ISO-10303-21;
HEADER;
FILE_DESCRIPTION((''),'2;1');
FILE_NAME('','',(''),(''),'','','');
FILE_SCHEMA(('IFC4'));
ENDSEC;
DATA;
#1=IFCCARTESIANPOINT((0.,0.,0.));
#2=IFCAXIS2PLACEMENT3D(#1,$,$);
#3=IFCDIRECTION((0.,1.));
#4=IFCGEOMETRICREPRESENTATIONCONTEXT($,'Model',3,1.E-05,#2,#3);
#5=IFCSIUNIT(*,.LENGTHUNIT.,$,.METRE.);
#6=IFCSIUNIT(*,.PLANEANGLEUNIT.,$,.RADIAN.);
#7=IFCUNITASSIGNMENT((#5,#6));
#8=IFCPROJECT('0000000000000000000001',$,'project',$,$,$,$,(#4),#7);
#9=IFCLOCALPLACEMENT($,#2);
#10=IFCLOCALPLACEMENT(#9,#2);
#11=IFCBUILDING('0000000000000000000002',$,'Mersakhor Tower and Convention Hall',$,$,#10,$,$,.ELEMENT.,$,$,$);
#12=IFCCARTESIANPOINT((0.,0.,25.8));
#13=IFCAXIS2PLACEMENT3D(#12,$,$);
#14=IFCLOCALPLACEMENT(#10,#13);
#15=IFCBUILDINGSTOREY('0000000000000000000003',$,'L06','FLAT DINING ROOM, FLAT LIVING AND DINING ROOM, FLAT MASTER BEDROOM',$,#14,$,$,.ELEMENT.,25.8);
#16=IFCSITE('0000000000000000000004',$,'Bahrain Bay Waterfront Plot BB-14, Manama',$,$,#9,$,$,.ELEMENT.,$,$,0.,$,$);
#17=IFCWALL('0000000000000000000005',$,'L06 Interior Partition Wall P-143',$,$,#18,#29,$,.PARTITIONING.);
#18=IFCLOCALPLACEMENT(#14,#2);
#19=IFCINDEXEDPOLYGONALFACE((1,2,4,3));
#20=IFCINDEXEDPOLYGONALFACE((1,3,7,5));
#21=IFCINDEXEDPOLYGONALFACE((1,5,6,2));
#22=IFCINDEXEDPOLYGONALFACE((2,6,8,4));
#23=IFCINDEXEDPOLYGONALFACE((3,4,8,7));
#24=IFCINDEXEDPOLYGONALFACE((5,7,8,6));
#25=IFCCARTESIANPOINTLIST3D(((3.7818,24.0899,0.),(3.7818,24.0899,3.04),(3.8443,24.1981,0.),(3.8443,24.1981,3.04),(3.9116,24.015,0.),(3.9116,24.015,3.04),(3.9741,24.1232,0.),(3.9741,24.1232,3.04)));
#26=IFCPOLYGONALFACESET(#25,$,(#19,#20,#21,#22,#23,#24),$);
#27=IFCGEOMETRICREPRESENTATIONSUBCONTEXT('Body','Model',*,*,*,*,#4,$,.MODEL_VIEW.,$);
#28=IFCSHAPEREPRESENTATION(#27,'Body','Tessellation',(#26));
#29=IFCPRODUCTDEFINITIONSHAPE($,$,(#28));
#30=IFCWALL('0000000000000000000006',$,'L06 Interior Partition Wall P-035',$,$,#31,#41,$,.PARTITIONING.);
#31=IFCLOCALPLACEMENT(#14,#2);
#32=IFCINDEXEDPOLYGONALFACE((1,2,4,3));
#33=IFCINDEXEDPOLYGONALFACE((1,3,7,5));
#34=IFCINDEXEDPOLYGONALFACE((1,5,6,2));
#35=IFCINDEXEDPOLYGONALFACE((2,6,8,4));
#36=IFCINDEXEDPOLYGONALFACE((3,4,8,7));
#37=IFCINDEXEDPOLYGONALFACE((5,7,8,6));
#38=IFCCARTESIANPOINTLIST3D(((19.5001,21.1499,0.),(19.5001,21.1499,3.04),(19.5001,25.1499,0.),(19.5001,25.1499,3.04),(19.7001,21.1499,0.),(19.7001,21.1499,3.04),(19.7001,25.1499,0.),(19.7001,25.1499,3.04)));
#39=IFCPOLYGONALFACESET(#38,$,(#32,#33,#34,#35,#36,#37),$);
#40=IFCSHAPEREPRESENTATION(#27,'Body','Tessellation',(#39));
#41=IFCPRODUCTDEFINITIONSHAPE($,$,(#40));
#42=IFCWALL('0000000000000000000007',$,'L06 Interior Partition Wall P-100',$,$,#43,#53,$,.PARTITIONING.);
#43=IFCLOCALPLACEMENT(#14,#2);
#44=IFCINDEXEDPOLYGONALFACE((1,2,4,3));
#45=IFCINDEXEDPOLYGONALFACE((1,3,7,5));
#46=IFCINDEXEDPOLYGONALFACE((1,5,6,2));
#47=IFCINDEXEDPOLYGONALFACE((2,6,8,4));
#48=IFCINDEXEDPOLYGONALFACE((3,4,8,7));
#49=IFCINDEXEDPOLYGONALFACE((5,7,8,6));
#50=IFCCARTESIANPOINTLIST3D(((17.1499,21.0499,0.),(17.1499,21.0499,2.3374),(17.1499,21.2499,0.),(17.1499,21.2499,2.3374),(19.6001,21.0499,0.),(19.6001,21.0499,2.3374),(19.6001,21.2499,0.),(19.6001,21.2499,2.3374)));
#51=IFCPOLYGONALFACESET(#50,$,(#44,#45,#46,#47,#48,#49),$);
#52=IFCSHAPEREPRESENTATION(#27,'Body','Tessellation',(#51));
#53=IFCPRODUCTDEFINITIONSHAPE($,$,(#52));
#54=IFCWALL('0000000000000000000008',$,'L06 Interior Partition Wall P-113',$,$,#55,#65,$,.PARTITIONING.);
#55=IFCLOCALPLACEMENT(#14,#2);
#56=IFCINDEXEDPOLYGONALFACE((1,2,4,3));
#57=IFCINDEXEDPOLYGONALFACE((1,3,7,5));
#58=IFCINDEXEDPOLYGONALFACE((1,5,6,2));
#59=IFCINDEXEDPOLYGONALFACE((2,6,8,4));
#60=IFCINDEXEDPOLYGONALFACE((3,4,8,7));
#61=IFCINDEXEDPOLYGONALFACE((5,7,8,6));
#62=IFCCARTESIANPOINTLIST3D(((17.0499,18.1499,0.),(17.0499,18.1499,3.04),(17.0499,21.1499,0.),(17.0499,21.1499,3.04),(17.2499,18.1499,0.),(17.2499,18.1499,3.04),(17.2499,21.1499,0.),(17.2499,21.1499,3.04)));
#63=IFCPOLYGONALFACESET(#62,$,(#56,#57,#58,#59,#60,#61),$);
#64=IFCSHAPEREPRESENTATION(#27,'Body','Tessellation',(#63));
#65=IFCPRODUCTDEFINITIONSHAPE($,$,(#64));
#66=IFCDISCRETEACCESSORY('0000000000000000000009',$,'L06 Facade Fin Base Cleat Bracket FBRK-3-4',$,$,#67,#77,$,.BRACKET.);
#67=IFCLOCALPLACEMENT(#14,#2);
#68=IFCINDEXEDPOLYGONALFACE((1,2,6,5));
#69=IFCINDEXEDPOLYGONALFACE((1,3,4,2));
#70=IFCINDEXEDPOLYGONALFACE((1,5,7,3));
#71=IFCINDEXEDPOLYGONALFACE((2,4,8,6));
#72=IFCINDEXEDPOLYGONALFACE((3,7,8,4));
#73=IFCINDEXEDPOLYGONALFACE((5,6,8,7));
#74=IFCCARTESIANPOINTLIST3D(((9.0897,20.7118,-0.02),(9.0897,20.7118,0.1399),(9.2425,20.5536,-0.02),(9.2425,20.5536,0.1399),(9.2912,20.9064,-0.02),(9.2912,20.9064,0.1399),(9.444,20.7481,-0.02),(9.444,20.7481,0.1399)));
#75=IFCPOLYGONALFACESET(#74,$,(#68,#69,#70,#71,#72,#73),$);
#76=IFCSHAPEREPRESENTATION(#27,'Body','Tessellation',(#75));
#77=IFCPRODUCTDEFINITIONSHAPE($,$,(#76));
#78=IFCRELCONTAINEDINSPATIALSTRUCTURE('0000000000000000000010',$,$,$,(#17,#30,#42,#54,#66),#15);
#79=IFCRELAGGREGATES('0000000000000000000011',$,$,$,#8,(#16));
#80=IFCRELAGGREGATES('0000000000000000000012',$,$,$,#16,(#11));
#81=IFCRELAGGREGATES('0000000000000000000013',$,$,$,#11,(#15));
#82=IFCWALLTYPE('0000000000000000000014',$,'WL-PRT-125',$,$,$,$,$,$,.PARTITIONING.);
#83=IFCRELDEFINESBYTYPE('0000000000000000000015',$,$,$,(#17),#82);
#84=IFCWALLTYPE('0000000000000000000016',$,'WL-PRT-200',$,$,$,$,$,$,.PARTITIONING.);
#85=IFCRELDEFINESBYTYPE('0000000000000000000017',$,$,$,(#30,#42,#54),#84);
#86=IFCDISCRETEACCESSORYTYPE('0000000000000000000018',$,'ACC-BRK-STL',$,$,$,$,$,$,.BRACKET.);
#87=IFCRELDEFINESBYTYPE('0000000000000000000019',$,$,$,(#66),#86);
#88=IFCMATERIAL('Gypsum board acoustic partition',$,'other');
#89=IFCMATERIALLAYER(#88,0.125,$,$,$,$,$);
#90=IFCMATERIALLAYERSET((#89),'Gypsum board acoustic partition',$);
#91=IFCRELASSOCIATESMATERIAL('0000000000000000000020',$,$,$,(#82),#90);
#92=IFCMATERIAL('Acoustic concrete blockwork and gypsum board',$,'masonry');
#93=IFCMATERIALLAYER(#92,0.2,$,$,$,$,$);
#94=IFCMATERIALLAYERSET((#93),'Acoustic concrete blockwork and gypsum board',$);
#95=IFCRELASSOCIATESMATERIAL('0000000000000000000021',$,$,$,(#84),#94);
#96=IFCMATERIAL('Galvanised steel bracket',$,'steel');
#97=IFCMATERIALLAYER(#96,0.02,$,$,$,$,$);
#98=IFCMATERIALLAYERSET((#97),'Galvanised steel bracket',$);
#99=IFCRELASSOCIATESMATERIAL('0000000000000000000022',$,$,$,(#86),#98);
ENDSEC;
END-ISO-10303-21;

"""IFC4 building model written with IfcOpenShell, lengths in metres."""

from ifc_helpers import new_model, si_unit, direction, frame, frame_2d, origin, origin_2d, place, context, subcontext, project, spatial, rectangle, extrude, material, layer, layer_set, type_object, element, save


model = new_model("IFC4")

# Units and contexts
model_context = context("Model", 3, precision=1e-05, world=origin(), true_north=direction((0.0, 1.0)))
body_context = subcontext(model_context, "Body", "Model", "MODEL_VIEW")
ifc_project = project(units=[si_unit("LENGTHUNIT", "METRE"), si_unit("PLANEANGLEUNIT", "RADIAN")], contexts=[model_context])

# Site, building, storey
site_placement = place(None, origin())
site = spatial("IfcSite", under=ifc_project, at=site_placement, Name="Bahrain Bay Waterfront Plot BB-14, Manama", CompositionType="ELEMENT", RefElevation=0.0)
building_placement = place(site_placement, origin())
building = spatial("IfcBuilding", under=site, at=building_placement, Name="Mersakhor Tower and Convention Hall", CompositionType="ELEMENT")
storey_placement = place(building_placement, frame((0.0, 0.0, 25.8)))
storey = spatial("IfcBuildingStorey", under=building, at=storey_placement, Name="L06", Description="FLAT DINING ROOM, FLAT LIVING AND DINING ROOM, FLAT MASTER BEDROOM", CompositionType="ELEMENT", Elevation=25.8)

# Shared definitions
ifc_material_1 = material(Name="Gypsum board acoustic partition", Category="other")
ifc_layer_1 = layer(ifc_material_1, 0.125)
ifc_layer_set_1 = layer_set([ifc_layer_1], Name="Gypsum board acoustic partition")
wall_type_1 = type_object("IfcWallType", Name="WL-PRT-125", PredefinedType="PARTITIONING", material=ifc_layer_set_1)

# Wall
wall_1_placement = place(storey_placement, frame((3.9429, 24.0691, 0.0), z_axis=(0.0, 0.0, 1.0), x_axis=(-0.866131, 0.499816, 0.0)))
element("IfcWall", 1, at=wall_1_placement, inside=storey, type_object=wall_type_1, Name="L06 Interior Partition Wall P-143", PredefinedType="PARTITIONING", context=body_context, shape_type="SweptSolid", body=[
    extrude(rectangle(XDim=0.1499, YDim=0.125, at=frame_2d((0.075, 0.0))), origin(), (0.0, 0.0, 1.0), 3.04),
])

# Shared definitions
ifc_material_2 = material(Name="Acoustic concrete blockwork and gypsum board", Category="masonry")
ifc_layer_2 = layer(ifc_material_2, 0.2)
ifc_layer_set_2 = layer_set([ifc_layer_2], Name="Acoustic concrete blockwork and gypsum board")
wall_type_2 = type_object("IfcWallType", Name="WL-PRT-200", PredefinedType="PARTITIONING", material=ifc_layer_set_2)

# Wall
wall_2_placement = place(storey_placement, frame((19.6001, 21.1499, 0.0), z_axis=(0.0, 0.0, 1.0), x_axis=(0.0, 1.0, 0.0)))
element("IfcWall", 2, at=wall_2_placement, inside=storey, type_object=wall_type_2, Name="L06 Interior Partition Wall P-035", PredefinedType="PARTITIONING", context=body_context, shape_type="SweptSolid", body=[
    extrude(rectangle(XDim=4.0, YDim=0.2, at=frame_2d((2.0, 0.0))), origin(), (0.0, 0.0, 1.0), 3.04),
])

# Walls
wall_3_placement = place(storey_placement, frame((19.6001, 21.1499, 0.0), z_axis=(0.0, 0.0, 1.0), x_axis=(-1.0, 0.0, 0.0)))
element("IfcWall", 3, at=wall_3_placement, inside=storey, type_object=wall_type_2, Name="L06 Interior Partition Wall P-100", PredefinedType="PARTITIONING", context=body_context, shape_type="SweptSolid", body=[
    extrude(rectangle(XDim=2.4502, YDim=0.2, at=frame_2d((1.2251, 0.0))), origin(), (0.0, 0.0, 1.0), 2.3374),
])
wall_4_placement = place(storey_placement, frame((17.1499, 18.1499, 0.0), z_axis=(0.0, 0.0, 1.0), x_axis=(0.0, 1.0, 0.0)))
element("IfcWall", 4, at=wall_4_placement, inside=storey, type_object=wall_type_2, Name="L06 Interior Partition Wall P-113", PredefinedType="PARTITIONING", context=body_context, shape_type="SweptSolid", body=[
    extrude(rectangle(XDim=3.0, YDim=0.2, at=frame_2d((1.5, 0.0))), origin(), (0.0, 0.0, 1.0), 3.04),
])

# Discrete accessory
ifc_material_3 = material(Name="Galvanised steel bracket", Category="steel")
ifc_layer_3 = layer(ifc_material_3, 0.02)
ifc_layer_set_3 = layer_set([ifc_layer_3], Name="Galvanised steel bracket")
discrete_accessory_type = type_object("IfcDiscreteAccessoryType", Name="ACC-BRK-STL", PredefinedType="BRACKET", material=ifc_layer_set_3)
discrete_accessory_placement = place(storey_placement, frame((9.2668, 20.73, -0.02), z_axis=(0.0, 0.0, 1.0), x_axis=(-0.71934, -0.694658, 0.0)))
element("IfcDiscreteAccessory", 5, at=discrete_accessory_placement, inside=storey, type_object=discrete_accessory_type, Name="L06 Facade Fin Base Cleat Bracket FBRK-3-4", PredefinedType="BRACKET", context=body_context, shape_type="SweptSolid", body=[
    extrude(rectangle(XDim=0.28, YDim=0.22, at=origin_2d()), origin(), (0.0, 0.0, 1.0), 0.1599),
])

save(model, "model.ifc")
